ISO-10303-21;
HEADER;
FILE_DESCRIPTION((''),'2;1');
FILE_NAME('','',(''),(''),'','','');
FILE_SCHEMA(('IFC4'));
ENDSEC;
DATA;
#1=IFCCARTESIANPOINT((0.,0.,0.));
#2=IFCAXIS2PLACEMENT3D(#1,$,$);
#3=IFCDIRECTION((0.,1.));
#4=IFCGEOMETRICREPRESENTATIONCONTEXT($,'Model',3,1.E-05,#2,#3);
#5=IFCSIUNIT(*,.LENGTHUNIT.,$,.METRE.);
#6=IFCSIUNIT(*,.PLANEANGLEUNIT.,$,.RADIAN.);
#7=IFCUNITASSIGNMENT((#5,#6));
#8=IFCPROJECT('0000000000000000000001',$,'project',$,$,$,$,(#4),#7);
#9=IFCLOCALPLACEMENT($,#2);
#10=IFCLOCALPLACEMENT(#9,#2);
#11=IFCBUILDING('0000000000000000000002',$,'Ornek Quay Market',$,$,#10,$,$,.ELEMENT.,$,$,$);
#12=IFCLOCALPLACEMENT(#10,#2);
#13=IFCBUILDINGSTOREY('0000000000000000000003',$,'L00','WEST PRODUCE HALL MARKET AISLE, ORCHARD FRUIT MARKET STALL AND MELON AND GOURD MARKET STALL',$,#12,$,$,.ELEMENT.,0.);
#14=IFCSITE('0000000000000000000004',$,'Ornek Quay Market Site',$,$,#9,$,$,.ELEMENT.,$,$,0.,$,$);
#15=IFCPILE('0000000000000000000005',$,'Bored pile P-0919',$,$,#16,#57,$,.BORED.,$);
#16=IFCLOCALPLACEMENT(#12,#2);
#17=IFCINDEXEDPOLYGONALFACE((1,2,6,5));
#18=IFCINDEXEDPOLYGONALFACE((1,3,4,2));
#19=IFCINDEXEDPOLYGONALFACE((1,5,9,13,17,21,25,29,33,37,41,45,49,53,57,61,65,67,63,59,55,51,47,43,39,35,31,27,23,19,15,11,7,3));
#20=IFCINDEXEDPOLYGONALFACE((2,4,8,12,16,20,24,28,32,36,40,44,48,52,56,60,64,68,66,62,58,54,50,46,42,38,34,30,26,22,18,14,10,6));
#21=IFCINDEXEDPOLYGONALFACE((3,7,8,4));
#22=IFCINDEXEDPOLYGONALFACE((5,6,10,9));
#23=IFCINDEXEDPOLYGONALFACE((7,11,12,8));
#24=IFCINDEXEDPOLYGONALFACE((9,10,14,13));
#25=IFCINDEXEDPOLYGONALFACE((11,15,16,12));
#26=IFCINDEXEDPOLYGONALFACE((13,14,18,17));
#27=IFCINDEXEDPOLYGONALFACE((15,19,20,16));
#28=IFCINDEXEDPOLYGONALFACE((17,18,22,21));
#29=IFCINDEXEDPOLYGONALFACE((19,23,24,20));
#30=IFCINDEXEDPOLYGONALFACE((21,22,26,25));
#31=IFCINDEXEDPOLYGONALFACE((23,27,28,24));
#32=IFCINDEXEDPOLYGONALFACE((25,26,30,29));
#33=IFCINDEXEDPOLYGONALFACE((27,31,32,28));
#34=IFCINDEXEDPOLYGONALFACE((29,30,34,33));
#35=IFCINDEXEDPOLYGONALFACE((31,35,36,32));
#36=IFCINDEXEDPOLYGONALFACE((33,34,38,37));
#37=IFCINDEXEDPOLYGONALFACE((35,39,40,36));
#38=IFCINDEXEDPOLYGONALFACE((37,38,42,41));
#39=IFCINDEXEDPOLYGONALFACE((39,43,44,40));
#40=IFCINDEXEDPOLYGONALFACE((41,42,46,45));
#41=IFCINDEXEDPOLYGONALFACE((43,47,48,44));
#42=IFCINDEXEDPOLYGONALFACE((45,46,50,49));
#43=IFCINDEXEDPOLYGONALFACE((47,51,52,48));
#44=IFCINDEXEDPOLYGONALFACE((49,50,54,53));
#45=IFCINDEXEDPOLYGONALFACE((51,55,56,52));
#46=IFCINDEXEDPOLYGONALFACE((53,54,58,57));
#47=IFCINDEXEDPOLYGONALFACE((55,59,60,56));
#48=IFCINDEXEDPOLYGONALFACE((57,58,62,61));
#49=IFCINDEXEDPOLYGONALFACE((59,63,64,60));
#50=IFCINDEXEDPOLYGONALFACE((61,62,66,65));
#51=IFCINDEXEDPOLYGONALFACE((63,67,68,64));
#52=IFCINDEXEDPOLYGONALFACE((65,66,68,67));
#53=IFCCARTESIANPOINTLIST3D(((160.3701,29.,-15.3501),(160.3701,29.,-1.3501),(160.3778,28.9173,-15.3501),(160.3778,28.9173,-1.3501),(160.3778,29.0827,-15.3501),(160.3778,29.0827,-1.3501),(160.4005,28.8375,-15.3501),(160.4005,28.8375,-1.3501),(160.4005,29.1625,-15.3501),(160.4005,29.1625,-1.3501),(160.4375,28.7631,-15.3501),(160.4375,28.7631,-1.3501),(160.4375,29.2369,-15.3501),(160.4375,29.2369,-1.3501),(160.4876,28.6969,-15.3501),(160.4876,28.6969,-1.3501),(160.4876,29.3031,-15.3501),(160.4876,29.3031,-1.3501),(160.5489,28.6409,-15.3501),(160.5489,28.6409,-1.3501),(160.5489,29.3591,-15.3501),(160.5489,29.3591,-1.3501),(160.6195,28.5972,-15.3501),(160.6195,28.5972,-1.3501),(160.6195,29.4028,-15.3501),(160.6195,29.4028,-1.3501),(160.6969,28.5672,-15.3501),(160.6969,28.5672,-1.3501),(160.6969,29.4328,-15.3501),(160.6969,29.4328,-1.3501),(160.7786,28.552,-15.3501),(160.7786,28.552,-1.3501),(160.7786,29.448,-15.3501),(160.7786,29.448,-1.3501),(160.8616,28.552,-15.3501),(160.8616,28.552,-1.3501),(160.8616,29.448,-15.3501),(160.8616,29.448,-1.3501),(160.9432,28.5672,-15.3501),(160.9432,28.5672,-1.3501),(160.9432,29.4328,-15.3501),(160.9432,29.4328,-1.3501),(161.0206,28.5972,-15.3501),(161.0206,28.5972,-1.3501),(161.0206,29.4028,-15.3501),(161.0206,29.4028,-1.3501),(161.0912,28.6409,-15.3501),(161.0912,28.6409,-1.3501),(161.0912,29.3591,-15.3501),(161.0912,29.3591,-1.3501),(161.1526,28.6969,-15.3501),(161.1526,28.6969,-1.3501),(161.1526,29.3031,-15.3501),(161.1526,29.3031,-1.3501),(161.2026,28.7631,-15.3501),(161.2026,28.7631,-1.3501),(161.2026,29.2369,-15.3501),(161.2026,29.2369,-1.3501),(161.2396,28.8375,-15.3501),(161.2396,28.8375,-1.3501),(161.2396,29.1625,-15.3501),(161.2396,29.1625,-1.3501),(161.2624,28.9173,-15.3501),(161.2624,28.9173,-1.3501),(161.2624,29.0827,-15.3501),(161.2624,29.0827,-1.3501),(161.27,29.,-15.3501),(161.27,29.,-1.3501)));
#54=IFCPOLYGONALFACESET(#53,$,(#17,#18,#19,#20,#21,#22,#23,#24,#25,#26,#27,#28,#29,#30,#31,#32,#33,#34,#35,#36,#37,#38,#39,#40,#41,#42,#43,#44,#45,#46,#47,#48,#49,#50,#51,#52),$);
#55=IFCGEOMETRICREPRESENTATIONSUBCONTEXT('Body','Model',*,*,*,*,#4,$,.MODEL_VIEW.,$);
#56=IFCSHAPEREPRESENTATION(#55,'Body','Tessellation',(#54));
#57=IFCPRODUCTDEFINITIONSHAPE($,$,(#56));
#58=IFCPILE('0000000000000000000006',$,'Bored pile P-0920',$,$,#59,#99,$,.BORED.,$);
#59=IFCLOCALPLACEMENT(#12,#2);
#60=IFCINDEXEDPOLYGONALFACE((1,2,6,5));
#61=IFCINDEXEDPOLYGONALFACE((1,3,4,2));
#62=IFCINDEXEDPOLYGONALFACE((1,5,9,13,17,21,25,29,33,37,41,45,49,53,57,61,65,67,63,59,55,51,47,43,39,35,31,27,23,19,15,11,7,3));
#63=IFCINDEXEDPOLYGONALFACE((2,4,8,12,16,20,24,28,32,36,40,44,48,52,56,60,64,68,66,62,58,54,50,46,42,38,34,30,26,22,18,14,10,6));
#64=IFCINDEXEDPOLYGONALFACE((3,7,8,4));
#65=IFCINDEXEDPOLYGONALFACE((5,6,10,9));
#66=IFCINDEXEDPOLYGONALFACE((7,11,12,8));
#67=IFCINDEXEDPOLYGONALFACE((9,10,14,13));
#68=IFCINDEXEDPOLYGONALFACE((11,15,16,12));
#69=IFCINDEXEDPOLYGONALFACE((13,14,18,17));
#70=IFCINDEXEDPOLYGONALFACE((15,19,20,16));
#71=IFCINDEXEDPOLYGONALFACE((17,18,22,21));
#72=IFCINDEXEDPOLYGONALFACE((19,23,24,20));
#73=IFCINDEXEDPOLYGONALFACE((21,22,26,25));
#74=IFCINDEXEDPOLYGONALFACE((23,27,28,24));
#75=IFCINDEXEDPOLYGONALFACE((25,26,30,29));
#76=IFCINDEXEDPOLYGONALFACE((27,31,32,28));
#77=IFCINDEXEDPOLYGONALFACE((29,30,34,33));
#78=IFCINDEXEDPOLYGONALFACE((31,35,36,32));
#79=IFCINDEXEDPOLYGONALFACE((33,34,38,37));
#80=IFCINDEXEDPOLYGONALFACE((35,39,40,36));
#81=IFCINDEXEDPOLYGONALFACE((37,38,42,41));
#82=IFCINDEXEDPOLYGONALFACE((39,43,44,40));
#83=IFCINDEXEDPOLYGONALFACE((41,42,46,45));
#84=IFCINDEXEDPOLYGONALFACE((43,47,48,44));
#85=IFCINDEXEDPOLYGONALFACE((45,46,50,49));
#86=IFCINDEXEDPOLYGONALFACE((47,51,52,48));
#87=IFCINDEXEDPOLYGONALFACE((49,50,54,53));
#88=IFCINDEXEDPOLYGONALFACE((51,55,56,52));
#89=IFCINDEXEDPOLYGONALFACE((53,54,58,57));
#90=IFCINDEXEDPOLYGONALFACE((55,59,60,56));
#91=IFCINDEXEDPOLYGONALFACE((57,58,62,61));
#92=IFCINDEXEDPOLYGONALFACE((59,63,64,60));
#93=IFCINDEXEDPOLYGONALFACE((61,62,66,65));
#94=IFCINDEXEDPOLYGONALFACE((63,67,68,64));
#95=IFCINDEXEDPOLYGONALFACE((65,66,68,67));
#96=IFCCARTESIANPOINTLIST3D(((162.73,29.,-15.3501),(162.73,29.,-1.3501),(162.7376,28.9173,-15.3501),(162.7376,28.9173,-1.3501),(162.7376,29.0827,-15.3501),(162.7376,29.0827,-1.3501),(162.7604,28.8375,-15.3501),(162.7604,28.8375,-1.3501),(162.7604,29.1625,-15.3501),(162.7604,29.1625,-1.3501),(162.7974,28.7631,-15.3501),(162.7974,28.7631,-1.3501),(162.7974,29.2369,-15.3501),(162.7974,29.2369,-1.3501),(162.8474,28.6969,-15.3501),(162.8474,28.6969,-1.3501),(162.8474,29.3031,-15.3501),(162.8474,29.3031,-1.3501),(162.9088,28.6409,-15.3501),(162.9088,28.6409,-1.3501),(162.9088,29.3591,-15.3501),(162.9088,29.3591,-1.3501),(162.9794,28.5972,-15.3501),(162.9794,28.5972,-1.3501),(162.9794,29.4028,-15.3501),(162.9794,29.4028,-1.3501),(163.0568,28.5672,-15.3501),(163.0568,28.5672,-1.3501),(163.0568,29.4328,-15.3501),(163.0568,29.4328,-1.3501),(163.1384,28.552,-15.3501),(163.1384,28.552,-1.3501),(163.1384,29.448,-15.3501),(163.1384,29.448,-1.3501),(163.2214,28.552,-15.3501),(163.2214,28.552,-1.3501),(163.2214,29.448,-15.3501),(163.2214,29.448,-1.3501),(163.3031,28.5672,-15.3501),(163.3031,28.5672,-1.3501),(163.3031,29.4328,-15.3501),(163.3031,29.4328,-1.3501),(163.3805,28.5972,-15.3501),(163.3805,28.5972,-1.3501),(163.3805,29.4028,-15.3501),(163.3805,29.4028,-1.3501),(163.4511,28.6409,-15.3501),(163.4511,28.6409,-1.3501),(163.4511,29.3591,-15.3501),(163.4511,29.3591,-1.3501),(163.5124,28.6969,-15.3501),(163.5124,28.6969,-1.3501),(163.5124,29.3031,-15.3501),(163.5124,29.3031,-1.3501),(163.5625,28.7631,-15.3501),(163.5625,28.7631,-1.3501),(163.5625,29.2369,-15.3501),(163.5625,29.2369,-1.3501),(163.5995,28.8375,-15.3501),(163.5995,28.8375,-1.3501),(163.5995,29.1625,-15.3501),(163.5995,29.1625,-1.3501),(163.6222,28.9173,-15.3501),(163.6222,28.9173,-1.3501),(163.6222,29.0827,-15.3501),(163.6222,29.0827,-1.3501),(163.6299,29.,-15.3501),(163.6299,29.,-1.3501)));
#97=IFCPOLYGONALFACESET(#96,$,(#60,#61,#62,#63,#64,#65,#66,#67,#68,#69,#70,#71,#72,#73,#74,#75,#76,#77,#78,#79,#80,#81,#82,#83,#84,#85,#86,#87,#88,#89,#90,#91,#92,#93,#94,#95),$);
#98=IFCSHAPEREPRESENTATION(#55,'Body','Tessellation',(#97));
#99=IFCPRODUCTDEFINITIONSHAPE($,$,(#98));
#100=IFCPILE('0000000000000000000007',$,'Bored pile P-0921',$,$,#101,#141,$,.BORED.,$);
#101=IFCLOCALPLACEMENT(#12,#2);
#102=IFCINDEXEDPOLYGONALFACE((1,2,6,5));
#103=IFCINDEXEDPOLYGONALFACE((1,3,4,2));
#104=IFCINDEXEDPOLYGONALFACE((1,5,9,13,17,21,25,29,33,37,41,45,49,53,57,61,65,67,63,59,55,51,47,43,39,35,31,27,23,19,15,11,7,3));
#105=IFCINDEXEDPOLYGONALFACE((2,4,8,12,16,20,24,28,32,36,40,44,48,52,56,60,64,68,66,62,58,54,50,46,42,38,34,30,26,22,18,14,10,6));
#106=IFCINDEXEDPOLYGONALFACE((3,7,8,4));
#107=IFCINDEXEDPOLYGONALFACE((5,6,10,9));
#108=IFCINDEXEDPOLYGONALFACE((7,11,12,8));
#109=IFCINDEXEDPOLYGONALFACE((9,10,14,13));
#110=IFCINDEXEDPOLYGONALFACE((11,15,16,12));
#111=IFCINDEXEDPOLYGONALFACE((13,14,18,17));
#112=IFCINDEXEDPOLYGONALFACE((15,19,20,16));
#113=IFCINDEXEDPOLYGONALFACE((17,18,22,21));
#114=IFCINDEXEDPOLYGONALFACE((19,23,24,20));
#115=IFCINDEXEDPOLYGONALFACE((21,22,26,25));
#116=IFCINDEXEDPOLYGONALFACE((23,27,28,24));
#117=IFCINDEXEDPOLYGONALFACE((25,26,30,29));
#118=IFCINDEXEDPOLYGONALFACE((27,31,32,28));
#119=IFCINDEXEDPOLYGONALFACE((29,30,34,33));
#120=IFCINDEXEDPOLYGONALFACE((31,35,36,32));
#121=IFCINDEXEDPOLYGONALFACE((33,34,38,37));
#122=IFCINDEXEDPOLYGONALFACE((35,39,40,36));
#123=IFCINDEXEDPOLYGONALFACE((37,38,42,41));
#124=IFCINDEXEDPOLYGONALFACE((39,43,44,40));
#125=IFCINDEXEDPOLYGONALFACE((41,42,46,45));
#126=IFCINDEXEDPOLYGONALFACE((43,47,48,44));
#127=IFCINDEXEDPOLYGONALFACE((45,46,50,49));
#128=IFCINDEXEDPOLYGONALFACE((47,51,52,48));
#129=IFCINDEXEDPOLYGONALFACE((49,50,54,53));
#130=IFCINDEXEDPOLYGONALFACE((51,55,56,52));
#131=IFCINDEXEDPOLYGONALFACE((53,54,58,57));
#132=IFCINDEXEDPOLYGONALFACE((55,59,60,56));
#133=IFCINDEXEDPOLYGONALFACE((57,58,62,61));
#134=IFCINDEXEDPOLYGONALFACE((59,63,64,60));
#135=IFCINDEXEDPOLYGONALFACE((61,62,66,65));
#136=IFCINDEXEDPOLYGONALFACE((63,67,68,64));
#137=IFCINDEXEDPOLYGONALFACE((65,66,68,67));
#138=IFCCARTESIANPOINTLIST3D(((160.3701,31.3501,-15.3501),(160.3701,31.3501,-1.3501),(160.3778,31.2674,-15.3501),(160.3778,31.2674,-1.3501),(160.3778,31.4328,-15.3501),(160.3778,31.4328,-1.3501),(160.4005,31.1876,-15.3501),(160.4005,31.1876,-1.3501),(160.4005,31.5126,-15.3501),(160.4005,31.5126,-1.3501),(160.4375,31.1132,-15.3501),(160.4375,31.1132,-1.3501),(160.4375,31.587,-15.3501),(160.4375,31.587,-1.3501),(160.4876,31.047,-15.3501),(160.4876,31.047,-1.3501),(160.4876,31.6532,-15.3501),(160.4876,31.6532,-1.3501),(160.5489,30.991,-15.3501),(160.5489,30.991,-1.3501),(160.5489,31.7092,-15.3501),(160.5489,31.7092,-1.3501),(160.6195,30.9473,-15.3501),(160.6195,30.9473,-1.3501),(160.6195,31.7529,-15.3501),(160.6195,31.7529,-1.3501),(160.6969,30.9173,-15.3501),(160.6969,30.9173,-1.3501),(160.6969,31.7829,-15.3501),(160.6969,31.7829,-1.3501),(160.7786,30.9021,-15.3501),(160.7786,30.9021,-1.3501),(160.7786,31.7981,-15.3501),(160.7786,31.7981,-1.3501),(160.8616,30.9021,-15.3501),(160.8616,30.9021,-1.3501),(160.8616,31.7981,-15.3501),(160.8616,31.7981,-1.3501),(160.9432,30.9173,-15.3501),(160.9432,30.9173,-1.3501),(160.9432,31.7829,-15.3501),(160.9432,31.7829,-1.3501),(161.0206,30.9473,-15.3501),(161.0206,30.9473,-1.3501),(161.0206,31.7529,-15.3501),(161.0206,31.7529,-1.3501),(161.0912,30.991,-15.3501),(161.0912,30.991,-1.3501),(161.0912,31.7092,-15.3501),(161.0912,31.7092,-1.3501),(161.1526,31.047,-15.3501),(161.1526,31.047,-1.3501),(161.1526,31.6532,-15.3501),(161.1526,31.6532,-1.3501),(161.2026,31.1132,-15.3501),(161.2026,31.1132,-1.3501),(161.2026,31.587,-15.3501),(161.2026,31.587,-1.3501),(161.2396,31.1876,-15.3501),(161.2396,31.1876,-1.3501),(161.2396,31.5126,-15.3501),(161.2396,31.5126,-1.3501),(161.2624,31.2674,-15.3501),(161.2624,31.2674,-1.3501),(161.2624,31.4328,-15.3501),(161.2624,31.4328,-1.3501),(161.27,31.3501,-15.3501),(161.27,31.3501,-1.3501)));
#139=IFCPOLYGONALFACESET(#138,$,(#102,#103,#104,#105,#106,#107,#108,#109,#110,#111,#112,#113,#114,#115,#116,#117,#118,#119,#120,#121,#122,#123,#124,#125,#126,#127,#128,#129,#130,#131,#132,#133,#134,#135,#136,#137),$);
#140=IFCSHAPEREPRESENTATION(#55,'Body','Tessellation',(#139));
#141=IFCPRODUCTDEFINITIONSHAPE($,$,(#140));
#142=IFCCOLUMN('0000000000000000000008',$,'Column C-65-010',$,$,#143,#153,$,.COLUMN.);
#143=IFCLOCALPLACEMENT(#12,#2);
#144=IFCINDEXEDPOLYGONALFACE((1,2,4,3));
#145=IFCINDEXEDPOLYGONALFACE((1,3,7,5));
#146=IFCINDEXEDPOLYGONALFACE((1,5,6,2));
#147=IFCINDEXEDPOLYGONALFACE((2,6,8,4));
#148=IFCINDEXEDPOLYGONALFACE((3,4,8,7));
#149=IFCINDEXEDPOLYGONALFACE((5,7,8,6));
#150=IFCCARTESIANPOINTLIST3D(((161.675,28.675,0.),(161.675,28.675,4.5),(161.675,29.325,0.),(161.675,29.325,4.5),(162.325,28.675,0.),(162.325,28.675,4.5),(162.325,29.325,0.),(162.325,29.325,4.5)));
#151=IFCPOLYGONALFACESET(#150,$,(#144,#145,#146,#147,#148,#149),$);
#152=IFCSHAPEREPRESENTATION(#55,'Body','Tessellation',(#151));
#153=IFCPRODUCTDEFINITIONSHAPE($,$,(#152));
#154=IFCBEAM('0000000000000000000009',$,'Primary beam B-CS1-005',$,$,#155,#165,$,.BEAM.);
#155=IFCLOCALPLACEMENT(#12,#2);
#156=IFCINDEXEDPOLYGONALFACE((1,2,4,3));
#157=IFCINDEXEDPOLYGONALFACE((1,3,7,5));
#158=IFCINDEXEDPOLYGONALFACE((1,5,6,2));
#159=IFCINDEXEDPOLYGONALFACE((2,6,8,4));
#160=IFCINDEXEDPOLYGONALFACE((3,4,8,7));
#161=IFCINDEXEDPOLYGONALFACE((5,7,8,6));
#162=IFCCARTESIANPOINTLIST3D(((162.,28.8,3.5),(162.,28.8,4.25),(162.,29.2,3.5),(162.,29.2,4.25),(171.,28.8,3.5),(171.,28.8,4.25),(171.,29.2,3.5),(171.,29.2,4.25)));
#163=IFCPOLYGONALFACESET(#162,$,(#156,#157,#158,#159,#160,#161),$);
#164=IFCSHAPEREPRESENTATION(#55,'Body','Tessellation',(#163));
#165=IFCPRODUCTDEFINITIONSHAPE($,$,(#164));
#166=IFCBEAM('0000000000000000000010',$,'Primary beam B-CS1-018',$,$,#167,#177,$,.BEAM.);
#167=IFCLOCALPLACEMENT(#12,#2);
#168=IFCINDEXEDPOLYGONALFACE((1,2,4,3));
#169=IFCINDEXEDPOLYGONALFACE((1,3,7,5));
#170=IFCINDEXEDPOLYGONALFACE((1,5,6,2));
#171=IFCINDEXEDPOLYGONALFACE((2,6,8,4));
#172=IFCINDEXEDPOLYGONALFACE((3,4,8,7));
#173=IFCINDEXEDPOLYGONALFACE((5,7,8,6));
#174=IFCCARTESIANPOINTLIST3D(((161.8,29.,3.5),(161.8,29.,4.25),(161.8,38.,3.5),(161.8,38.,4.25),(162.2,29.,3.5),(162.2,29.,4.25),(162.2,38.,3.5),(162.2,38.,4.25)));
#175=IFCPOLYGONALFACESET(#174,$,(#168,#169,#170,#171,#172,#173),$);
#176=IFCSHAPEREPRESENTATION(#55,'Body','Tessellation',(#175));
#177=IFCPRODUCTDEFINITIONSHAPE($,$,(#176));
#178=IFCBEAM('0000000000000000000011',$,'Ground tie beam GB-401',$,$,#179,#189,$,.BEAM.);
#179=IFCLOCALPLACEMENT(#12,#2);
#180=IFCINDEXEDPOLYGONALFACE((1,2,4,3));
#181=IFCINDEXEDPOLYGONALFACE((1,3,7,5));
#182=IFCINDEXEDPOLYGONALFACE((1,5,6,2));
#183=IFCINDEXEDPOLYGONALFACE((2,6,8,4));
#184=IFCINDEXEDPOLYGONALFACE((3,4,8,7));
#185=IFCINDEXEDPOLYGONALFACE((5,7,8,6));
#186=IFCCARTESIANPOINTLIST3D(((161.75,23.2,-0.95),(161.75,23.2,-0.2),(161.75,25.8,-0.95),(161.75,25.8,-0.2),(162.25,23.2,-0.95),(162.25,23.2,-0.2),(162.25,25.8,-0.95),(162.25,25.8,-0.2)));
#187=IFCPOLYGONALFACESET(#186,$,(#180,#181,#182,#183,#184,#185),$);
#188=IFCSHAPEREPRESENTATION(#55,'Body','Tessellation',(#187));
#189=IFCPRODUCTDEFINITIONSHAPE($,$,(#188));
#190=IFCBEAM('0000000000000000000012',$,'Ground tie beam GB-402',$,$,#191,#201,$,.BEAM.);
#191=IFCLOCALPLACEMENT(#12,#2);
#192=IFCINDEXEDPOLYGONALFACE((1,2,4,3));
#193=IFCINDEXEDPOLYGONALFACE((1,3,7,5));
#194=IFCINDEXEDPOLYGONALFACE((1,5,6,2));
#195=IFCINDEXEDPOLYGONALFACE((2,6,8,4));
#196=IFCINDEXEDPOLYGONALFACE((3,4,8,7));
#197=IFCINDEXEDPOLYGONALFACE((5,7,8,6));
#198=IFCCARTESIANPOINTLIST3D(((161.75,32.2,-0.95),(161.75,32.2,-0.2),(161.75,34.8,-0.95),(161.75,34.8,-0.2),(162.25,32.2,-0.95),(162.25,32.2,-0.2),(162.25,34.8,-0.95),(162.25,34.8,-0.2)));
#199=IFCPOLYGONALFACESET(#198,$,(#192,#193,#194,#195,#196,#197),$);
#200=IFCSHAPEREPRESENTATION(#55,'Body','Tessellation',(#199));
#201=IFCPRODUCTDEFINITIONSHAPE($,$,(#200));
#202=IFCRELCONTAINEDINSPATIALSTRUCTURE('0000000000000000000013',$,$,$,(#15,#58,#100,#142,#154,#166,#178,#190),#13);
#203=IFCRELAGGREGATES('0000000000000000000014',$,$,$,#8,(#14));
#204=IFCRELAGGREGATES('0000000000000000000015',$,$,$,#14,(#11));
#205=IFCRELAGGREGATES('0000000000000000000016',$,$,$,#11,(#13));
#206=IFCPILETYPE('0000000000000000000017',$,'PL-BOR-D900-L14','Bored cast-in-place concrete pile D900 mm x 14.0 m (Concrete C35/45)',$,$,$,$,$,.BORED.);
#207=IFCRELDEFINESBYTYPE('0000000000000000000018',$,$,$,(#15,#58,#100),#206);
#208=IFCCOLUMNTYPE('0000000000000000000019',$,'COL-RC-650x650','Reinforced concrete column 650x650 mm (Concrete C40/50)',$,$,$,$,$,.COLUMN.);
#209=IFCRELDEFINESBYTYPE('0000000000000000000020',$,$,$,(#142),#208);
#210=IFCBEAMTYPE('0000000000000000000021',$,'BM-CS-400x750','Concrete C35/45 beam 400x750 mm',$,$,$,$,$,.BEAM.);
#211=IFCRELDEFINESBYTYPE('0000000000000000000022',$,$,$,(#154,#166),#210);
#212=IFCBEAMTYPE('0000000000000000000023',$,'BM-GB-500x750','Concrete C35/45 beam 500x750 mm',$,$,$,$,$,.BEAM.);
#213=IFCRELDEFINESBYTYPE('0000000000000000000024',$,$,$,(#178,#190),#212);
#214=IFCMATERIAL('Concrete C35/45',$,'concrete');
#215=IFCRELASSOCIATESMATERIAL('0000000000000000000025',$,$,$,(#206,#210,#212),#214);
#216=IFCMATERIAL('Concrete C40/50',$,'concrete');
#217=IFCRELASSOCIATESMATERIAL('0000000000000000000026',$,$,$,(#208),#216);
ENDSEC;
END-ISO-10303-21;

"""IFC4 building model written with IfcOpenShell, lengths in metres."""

from ifc_helpers import new_model, si_unit, direction, frame, origin, origin_2d, place, context, subcontext, project, spatial, rectangle, circle, extrude, material, material_profile, profile_set, type_object, element, save


model = new_model("IFC4")

# Units and contexts
model_context = context("Model", 3, precision=1e-05, world=origin(), true_north=direction((0.0, 1.0)))
body_context = subcontext(model_context, "Body", "Model", "MODEL_VIEW")
ifc_project = project(units=[si_unit("LENGTHUNIT", "METRE"), si_unit("PLANEANGLEUNIT", "RADIAN")], contexts=[model_context])

# Site, building, storey
site_placement = place(None, origin())
site = spatial("IfcSite", under=ifc_project, at=site_placement, Name="Ornek Quay Market Site", CompositionType="ELEMENT", RefElevation=0.0)
building_placement = place(site_placement, origin())
building = spatial("IfcBuilding", under=site, at=building_placement, Name="Ornek Quay Market", CompositionType="ELEMENT")
storey_placement = place(building_placement, origin())
storey = spatial("IfcBuildingStorey", under=building, at=storey_placement, Name="L00", Description="WEST PRODUCE HALL MARKET AISLE, ORCHARD FRUIT MARKET STALL AND MELON AND GOURD MARKET STALL", CompositionType="ELEMENT", Elevation=0.0)

# Piles
ifc_material_1 = material(Name="Concrete C35/45", Category="concrete")
ifc_material_profile_1 = material_profile(ifc_material_1, circle(Radius=0.45, at=origin_2d()), Name="PILE D900", Category="concrete")
ifc_profile_set_1 = profile_set([ifc_material_profile_1], Name="Concrete C35/45")
pile_type = type_object("IfcPileType", Name="PL-BOR-D900-L14", Description="Bored cast-in-place concrete pile D900 mm x 14.0 m (Concrete C35/45)", PredefinedType="BORED", material=ifc_profile_set_1)
for number, where, z_axis, x_axis, name in (
    (1, (160.8201, 29.0, -1.3501), (0.0, 0.0, -1.0), (1.0, 0.0, 0.0), "Bored pile P-0919"),
    (2, (163.1799, 29.0, -1.3501), (0.0, 0.0, -1.0), (1.0, 0.0, 0.0), "Bored pile P-0920"),
    (3, (160.8201, 31.3501, -1.3501), (0.0, 0.0, -1.0), (1.0, 0.0, 0.0), "Bored pile P-0921"),
):
    element("IfcPile", number, at=place(storey_placement, frame(where, z_axis=z_axis, x_axis=x_axis)), inside=storey, type_object=pile_type, Name=name, PredefinedType="BORED", context=body_context, shape_type="SweptSolid", body=[
        extrude(circle(Radius=0.45, at=origin_2d()), origin(), (0.0, 0.0, 1.0), 14.0),
    ])

# Column
ifc_material_2 = material(Name="Concrete C40/50", Category="concrete")
ifc_material_profile_2 = material_profile(ifc_material_2, rectangle(XDim=0.6499, YDim=0.6499, at=origin_2d()), Name="RC 650x650", Category="concrete")
ifc_profile_set_2 = profile_set([ifc_material_profile_2], Name="Concrete C40/50")
column_type = type_object("IfcColumnType", Name="COL-RC-650x650", Description="Reinforced concrete column 650x650 mm (Concrete C40/50)", PredefinedType="COLUMN", material=ifc_profile_set_2)
column_placement = place(storey_placement, frame((162.0, 29.0, 0.0), z_axis=(0.0, 0.0, 1.0), x_axis=(1.0, 0.0, 0.0)))
element("IfcColumn", 4, at=column_placement, inside=storey, type_object=column_type, Name="Column C-65-010", PredefinedType="COLUMN", context=body_context, shape_type="SweptSolid", body=[
    extrude(rectangle(XDim=0.6499, YDim=0.6499, at=origin_2d()), origin(), (0.0, 0.0, 1.0), 4.5),
])

# Beams
ifc_material_profile_3 = material_profile(ifc_material_1, rectangle(XDim=0.3999, YDim=0.75, at=origin_2d()), Name="RC 400x750", Category="concrete")
ifc_profile_set_3 = profile_set([ifc_material_profile_3], Name="Concrete C35/45")
beam_type_1 = type_object("IfcBeamType", Name="BM-CS-400x750", Description="Concrete C35/45 beam 400x750 mm", PredefinedType="BEAM", material=ifc_profile_set_3)
for number, where, z_axis, x_axis, name in (
    (5, (162.0, 29.0, 3.875), (1.0, 0.0, 0.0), (0.0, 1.0, 0.0), "Primary beam B-CS1-005"),
    (6, (162.0, 29.0, 3.875), (0.0, 1.0, 0.0), (-1.0, 0.0, 0.0), "Primary beam B-CS1-018"),
):
    element("IfcBeam", number, at=place(storey_placement, frame(where, z_axis=z_axis, x_axis=x_axis)), inside=storey, type_object=beam_type_1, Name=name, PredefinedType="BEAM", context=body_context, shape_type="SweptSolid", body=[
        extrude(rectangle(XDim=0.3999, YDim=0.75, at=origin_2d()), origin(), (0.0, 0.0, 1.0), 9.0),
    ])
ifc_material_profile_4 = material_profile(ifc_material_1, rectangle(XDim=0.5, YDim=0.75, at=origin_2d()), Name="RC 500x750", Category="concrete")
ifc_profile_set_4 = profile_set([ifc_material_profile_4], Name="Concrete C35/45")
beam_type_2 = type_object("IfcBeamType", Name="BM-GB-500x750", Description="Concrete C35/45 beam 500x750 mm", PredefinedType="BEAM", material=ifc_profile_set_4)
for number, where, z_axis, x_axis, name in (
    (7, (162.0, 23.2, -0.575), (0.0, 1.0, 0.0), (-1.0, 0.0, 0.0), "Ground tie beam GB-401"),
    (8, (162.0, 32.2, -0.575), (0.0, 1.0, 0.0), (-1.0, 0.0, 0.0), "Ground tie beam GB-402"),
):
    element("IfcBeam", number, at=place(storey_placement, frame(where, z_axis=z_axis, x_axis=x_axis)), inside=storey, type_object=beam_type_2, Name=name, PredefinedType="BEAM", context=body_context, shape_type="SweptSolid", body=[
        extrude(rectangle(XDim=0.5, YDim=0.75, at=origin_2d()), origin(), (0.0, 0.0, 1.0), 2.6001),
    ])

save(model, "model.ifc")
